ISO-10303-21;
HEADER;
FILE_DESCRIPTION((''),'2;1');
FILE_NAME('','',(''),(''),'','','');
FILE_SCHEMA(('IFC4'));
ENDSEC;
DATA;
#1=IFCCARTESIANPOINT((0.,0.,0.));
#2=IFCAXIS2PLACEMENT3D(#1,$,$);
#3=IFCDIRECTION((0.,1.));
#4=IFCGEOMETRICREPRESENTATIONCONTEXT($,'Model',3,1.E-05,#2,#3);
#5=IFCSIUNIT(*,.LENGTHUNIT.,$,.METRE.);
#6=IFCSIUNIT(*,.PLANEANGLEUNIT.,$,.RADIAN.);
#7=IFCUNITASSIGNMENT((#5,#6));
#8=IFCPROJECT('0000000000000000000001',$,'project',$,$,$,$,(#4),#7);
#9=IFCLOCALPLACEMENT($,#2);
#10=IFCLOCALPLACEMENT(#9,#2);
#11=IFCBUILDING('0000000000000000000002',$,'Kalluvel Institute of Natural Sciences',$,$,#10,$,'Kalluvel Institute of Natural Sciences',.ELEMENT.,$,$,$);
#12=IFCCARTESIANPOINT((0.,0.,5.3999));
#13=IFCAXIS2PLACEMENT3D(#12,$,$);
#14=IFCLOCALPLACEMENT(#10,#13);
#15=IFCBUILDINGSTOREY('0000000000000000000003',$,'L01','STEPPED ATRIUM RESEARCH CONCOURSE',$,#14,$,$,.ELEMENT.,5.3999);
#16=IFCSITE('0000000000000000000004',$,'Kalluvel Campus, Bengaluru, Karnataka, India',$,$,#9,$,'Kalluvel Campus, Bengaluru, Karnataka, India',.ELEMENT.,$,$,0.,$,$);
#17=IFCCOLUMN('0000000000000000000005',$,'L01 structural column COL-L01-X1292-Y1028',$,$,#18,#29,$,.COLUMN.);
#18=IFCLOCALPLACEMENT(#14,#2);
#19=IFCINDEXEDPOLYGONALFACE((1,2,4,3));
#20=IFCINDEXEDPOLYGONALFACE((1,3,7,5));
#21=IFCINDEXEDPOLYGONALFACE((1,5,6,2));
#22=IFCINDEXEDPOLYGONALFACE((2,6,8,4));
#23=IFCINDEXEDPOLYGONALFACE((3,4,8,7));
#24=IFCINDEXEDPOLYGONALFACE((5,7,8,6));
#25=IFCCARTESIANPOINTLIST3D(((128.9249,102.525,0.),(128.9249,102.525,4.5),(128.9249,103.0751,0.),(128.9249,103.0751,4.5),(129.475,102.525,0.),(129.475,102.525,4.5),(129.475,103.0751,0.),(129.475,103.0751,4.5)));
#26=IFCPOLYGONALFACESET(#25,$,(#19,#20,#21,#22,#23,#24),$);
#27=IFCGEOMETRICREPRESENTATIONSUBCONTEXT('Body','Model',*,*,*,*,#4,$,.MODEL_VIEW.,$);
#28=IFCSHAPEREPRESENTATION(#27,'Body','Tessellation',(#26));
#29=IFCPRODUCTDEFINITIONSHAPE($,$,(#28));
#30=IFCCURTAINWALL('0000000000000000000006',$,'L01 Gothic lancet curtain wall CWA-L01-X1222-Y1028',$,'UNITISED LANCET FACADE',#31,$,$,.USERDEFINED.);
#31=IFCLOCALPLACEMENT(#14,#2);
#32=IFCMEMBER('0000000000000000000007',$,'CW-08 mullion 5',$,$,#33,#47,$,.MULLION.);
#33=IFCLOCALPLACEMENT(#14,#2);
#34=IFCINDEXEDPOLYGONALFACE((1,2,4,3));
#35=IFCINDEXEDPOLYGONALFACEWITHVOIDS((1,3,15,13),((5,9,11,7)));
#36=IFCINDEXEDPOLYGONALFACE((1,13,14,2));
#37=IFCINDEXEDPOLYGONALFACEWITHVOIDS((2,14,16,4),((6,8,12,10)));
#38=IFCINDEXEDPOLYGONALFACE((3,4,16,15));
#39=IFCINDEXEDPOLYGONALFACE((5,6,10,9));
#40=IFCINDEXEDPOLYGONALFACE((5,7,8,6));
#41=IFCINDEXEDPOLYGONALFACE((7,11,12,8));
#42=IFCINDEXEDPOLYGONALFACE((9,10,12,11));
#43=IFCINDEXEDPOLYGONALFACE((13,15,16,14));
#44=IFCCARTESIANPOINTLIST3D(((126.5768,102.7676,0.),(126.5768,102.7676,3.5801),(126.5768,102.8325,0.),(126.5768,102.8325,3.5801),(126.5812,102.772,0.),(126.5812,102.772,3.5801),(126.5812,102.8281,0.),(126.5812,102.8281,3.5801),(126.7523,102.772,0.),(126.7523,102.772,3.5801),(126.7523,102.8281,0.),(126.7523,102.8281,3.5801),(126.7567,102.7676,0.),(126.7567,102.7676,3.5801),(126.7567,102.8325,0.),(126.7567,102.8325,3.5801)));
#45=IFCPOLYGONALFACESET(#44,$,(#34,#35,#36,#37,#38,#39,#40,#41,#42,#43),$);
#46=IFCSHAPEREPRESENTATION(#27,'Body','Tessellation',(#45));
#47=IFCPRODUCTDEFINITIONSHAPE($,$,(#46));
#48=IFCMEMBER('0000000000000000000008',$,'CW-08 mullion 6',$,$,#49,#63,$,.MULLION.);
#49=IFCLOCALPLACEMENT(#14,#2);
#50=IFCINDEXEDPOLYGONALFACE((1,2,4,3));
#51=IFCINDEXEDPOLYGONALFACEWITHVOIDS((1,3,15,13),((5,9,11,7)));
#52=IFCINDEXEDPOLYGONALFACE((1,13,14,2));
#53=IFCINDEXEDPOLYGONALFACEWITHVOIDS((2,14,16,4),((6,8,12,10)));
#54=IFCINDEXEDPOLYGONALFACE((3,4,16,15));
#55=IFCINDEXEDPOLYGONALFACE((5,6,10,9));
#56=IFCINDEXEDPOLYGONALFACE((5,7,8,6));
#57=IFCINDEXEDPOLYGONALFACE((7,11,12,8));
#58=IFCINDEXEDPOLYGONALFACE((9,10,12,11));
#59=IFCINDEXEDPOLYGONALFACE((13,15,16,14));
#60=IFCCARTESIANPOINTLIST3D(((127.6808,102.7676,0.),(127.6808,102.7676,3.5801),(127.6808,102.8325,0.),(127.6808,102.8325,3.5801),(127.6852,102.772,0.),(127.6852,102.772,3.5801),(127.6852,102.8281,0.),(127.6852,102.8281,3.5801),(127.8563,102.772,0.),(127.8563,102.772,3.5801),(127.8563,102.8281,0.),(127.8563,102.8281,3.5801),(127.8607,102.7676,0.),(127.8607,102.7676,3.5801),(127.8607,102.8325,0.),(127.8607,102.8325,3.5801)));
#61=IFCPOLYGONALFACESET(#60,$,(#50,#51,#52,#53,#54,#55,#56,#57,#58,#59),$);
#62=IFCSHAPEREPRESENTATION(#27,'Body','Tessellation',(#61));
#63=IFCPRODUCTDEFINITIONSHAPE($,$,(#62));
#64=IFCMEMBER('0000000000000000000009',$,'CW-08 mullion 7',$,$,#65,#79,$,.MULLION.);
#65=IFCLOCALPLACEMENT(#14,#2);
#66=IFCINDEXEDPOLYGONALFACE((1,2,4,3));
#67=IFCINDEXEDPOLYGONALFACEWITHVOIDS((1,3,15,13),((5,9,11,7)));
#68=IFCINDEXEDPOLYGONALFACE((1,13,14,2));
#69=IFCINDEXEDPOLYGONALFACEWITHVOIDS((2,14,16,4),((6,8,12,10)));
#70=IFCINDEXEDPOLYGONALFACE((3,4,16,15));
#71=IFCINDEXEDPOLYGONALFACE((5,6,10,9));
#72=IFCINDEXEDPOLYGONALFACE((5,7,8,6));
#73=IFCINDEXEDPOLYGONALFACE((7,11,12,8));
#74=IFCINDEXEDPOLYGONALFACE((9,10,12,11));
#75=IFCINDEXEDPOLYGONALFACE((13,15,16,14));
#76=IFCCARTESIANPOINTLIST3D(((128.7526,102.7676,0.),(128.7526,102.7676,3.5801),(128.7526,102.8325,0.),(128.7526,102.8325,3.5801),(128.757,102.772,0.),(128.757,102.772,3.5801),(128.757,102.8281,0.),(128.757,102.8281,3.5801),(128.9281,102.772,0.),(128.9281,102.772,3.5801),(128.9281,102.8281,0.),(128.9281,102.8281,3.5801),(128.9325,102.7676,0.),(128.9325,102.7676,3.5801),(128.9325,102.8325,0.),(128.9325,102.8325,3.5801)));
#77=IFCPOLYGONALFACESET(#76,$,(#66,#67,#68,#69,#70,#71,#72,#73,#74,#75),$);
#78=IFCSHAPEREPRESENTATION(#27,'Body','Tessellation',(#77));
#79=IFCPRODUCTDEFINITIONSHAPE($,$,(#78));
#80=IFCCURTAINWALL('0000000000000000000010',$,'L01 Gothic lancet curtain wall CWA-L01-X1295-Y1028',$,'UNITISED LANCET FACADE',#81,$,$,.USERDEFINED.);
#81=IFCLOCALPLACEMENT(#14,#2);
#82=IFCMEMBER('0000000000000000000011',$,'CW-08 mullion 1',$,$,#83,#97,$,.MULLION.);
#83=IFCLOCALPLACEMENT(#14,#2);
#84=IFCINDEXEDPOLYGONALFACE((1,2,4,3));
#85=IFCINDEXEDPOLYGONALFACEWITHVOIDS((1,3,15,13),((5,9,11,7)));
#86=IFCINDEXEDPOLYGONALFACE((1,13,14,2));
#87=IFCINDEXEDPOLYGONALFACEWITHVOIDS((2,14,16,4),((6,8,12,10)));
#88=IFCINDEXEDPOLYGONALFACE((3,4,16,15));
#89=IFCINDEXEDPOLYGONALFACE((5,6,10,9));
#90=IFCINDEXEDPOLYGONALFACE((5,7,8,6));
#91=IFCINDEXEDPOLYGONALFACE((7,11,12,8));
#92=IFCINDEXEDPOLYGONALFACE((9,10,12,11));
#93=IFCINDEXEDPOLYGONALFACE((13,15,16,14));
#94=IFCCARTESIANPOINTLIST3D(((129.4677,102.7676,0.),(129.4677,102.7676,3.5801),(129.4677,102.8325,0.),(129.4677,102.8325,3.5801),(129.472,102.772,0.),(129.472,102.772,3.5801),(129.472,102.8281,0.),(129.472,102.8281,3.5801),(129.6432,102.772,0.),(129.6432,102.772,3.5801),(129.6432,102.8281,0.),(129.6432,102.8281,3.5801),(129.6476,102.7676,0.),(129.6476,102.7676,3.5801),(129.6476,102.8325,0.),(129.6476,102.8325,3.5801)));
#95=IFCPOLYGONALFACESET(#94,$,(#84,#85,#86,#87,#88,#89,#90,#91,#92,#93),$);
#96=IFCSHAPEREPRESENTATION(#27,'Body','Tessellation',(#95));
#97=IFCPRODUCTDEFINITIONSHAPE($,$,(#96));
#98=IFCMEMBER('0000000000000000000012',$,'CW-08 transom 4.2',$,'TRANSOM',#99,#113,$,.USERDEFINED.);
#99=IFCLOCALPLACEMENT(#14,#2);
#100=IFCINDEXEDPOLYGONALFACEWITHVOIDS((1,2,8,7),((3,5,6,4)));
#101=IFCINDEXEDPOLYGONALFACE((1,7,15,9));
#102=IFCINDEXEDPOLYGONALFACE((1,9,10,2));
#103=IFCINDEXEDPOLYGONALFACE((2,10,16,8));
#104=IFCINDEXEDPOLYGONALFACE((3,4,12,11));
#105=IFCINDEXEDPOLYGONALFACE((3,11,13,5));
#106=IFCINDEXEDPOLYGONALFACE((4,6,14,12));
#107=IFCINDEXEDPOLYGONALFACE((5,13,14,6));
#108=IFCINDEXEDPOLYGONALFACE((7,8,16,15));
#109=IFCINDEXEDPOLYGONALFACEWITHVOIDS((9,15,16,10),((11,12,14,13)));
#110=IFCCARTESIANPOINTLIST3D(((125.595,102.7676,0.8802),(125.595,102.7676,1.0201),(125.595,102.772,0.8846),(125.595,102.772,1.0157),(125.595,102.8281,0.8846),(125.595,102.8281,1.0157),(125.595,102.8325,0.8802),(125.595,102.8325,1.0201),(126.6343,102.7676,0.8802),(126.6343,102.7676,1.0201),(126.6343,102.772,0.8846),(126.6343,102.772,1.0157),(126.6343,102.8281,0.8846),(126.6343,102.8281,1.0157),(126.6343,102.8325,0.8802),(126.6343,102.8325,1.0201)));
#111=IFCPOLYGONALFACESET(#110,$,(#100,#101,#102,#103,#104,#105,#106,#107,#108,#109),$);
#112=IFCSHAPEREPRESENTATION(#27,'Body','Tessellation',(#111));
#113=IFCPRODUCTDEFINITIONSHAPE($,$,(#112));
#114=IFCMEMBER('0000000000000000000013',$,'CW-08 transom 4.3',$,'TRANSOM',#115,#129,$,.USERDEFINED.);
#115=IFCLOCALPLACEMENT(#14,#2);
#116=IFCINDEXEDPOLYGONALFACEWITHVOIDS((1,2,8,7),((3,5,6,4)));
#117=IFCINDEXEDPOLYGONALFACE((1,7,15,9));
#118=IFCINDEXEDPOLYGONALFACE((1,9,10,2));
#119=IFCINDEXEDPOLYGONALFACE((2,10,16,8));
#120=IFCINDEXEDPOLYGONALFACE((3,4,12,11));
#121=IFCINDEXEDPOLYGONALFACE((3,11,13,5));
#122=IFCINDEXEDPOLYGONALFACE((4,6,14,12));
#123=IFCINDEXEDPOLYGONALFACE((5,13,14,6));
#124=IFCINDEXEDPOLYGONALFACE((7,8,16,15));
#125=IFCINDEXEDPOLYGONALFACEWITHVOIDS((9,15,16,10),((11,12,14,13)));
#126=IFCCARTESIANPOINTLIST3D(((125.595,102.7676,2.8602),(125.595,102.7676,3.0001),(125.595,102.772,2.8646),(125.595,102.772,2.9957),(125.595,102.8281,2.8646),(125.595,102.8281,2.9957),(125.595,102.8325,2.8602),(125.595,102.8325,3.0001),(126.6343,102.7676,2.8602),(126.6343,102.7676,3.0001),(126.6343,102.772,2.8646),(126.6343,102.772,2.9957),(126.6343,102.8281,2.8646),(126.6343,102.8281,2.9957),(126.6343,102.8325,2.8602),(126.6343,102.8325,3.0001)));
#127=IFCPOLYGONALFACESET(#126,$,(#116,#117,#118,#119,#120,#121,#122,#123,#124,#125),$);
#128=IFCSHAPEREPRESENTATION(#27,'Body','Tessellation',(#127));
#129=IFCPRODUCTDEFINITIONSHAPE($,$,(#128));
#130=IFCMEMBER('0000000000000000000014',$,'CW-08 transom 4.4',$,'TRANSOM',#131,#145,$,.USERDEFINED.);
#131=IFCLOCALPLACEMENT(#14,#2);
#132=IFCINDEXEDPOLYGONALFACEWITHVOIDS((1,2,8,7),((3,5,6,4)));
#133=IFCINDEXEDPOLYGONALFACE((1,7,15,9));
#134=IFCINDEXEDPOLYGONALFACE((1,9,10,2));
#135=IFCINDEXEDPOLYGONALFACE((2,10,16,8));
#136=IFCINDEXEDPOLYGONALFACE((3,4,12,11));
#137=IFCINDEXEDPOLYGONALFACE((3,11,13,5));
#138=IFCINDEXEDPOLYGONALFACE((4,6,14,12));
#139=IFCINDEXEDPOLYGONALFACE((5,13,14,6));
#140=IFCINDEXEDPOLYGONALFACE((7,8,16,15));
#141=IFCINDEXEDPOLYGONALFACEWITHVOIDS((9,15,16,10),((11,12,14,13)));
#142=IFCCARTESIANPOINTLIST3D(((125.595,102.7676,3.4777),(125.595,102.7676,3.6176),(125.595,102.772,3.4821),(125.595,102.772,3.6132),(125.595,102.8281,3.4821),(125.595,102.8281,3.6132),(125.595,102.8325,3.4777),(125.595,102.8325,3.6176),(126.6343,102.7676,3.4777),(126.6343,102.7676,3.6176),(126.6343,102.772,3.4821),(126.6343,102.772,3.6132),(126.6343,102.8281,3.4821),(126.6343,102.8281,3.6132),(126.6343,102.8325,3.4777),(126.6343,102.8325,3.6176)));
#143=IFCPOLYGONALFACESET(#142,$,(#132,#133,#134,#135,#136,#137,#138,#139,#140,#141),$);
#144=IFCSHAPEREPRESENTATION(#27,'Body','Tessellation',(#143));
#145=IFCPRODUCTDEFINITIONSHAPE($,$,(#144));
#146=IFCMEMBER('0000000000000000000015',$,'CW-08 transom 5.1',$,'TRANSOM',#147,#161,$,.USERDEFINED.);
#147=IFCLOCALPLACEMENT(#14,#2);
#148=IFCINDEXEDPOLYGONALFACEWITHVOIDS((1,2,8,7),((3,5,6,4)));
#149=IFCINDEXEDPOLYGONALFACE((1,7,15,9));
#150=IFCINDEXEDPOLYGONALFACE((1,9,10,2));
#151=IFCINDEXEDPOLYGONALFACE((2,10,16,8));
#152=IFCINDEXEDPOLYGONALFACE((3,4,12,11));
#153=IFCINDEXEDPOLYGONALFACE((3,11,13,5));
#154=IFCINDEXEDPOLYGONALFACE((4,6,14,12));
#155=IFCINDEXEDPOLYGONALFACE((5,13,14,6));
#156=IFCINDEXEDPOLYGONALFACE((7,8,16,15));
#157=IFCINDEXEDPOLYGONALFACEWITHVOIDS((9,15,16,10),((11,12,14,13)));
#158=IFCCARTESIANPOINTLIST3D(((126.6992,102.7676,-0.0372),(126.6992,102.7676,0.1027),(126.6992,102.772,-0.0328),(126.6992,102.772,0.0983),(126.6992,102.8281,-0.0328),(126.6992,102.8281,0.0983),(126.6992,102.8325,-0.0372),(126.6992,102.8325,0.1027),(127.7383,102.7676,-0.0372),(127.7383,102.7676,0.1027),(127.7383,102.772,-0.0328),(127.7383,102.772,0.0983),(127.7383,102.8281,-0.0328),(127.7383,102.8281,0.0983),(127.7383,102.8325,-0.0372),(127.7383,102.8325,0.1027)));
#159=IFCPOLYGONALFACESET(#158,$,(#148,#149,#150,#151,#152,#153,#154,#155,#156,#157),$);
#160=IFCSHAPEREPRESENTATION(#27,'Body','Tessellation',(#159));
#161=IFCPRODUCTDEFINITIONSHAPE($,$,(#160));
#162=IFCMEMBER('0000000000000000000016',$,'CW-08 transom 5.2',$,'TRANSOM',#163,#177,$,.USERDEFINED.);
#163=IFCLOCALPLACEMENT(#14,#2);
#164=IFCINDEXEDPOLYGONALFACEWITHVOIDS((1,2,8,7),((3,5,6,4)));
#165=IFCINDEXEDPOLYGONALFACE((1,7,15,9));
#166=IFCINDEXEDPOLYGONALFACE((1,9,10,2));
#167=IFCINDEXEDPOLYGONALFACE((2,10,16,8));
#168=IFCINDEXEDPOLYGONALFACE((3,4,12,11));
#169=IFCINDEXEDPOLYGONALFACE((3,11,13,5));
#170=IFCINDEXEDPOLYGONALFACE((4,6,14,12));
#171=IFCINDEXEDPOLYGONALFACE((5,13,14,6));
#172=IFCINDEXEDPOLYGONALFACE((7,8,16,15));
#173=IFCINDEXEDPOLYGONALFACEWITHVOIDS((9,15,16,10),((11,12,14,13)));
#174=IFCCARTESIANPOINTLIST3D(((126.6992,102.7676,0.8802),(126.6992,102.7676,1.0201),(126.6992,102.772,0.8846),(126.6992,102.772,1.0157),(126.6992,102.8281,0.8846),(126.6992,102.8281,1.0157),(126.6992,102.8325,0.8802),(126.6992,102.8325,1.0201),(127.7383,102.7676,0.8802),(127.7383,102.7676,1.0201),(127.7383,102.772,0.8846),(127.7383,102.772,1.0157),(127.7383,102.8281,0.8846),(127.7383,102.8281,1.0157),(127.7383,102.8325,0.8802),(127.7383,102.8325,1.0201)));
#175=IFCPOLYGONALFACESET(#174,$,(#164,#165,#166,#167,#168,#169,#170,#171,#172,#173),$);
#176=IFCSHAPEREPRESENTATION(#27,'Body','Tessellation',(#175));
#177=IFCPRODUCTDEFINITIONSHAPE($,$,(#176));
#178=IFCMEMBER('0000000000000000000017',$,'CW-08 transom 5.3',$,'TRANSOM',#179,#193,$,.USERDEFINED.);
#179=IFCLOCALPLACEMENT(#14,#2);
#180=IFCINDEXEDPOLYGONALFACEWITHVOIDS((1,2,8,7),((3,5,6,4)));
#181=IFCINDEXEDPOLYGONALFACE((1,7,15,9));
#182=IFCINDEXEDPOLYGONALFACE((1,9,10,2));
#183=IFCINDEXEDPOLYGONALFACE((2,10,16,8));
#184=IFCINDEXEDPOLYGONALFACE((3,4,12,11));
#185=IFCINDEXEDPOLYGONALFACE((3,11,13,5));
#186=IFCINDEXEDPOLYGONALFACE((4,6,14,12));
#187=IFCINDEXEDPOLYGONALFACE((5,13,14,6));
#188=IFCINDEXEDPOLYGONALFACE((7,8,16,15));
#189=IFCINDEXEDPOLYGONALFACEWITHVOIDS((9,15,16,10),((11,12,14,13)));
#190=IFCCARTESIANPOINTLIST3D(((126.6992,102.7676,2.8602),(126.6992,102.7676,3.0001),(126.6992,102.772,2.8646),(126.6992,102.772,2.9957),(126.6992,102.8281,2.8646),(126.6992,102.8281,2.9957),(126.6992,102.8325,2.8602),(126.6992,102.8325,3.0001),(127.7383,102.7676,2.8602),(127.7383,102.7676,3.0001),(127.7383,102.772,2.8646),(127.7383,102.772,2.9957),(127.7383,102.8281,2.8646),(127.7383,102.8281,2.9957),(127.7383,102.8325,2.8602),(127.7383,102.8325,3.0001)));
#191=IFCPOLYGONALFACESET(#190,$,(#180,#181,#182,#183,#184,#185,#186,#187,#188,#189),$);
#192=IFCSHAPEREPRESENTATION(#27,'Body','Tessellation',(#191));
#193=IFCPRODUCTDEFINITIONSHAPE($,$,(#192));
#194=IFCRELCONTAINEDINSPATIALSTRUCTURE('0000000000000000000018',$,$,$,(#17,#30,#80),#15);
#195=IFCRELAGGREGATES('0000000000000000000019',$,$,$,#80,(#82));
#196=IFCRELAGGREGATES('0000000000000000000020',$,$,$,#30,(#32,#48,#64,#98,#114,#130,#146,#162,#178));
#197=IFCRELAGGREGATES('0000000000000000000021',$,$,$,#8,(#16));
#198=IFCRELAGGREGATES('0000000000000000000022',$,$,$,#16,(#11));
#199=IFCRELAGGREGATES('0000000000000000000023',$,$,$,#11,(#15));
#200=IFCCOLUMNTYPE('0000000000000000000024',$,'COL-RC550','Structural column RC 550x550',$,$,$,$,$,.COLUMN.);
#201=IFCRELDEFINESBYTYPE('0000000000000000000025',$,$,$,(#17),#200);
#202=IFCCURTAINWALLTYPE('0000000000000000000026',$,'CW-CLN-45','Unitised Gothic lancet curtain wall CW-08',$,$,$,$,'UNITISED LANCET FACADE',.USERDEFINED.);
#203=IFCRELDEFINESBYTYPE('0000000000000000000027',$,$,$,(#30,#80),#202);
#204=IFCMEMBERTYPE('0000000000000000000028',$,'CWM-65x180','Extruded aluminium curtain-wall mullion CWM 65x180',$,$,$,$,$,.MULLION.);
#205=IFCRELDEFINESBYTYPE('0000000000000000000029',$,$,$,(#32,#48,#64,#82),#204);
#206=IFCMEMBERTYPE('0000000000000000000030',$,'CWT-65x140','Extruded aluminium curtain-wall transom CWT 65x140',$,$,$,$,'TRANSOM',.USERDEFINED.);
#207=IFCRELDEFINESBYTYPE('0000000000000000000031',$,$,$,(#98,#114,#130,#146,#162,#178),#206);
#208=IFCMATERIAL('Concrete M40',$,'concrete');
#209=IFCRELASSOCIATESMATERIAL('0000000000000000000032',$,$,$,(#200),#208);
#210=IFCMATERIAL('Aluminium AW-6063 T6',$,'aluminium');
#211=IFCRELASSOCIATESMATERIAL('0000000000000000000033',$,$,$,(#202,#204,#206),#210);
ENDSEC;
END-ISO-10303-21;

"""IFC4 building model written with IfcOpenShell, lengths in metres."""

from ifc_helpers import new_model, si_unit, direction, frame, origin, origin_2d, place, context, subcontext, project, spatial, rectangle, hollow_rectangle, extrude, material, material_profile, profile_set, type_object, element, aggregate, save


model = new_model("IFC4")

# Units and contexts
model_context = context("Model", 3, precision=1e-05, world=origin(), true_north=direction((0.0, 1.0)))
body_context = subcontext(model_context, "Body", "Model", "MODEL_VIEW")
ifc_project = project(units=[si_unit("LENGTHUNIT", "METRE"), si_unit("PLANEANGLEUNIT", "RADIAN")], contexts=[model_context])

# Site, building, storey
site_placement = place(None, origin())
site = spatial("IfcSite", under=ifc_project, at=site_placement, Name="Kalluvel Campus, Bengaluru, Karnataka, India", LongName="Kalluvel Campus, Bengaluru, Karnataka, India", CompositionType="ELEMENT", RefElevation=0.0)
building_placement = place(site_placement, origin())
building = spatial("IfcBuilding", under=site, at=building_placement, Name="Kalluvel Institute of Natural Sciences", LongName="Kalluvel Institute of Natural Sciences", CompositionType="ELEMENT")
storey_placement = place(building_placement, frame((0.0, 0.0, 5.3999)))
storey = spatial("IfcBuildingStorey", under=building, at=storey_placement, Name="L01", Description="STEPPED ATRIUM RESEARCH CONCOURSE", CompositionType="ELEMENT", Elevation=5.3999)

# Column
ifc_material_1 = material(Name="Concrete M40", Category="concrete")
ifc_material_profile_1 = material_profile(ifc_material_1, rectangle(XDim=0.55, YDim=0.55, at=origin_2d()), Name="RC 550x550")
ifc_profile_set_1 = profile_set([ifc_material_profile_1], Name="Concrete M40")
column_type = type_object("IfcColumnType", Name="COL-RC550", Description="Structural column RC 550x550", PredefinedType="COLUMN", material=ifc_profile_set_1)
column_placement = place(storey_placement, frame((129.2, 102.8, 0.0), z_axis=(0.0, 0.0, 1.0), x_axis=(1.0, 0.0, 0.0)))
element("IfcColumn", 1, at=column_placement, inside=storey, type_object=column_type, Name="L01 structural column COL-L01-X1292-Y1028", PredefinedType="COLUMN", context=body_context, shape_type="SweptSolid", body=[
    extrude(rectangle(XDim=0.55, YDim=0.55, at=origin_2d()), origin(), (0.0, 0.0, 1.0), 4.5),
])

# Curtain wall, members
ifc_material_2 = material(Name="Aluminium AW-6063 T6", Category="aluminium")
curtain_wall_type = type_object("IfcCurtainWallType", Name="CW-CLN-45", Description="Unitised Gothic lancet curtain wall CW-08", ElementType="UNITISED LANCET FACADE", PredefinedType="USERDEFINED", material=ifc_material_2)
curtain_wall_1_placement = place(storey_placement, origin())
curtain_wall_1 = element("IfcCurtainWall", 2, at=curtain_wall_1_placement, inside=storey, type_object=curtain_wall_type, Name="L01 Gothic lancet curtain wall CWA-L01-X1222-Y1028", ObjectType="UNITISED LANCET FACADE", PredefinedType="USERDEFINED")
ifc_material_profile_2 = material_profile(ifc_material_2, hollow_rectangle(XDim=0.0649, YDim=0.1799, WallThickness=0.0044, at=origin_2d()), Name="CWM 65x180")
ifc_profile_set_2 = profile_set([ifc_material_profile_2], Name="Aluminium AW-6063 T6")
member_type_1 = type_object("IfcMemberType", Name="CWM-65x180", Description="Extruded aluminium curtain-wall mullion CWM 65x180", PredefinedType="MULLION", material=ifc_profile_set_2)
member_1_placement = place(storey_placement, frame((126.6667, 102.8, 0.0), z_axis=(0.0, 0.0, 1.0), x_axis=(0.0, 1.0, 0.0)))
member_1 = element("IfcMember", 3, at=member_1_placement, type_object=member_type_1, Name="CW-08 mullion 5", PredefinedType="MULLION", context=body_context, shape_type="SweptSolid", body=[
    extrude(hollow_rectangle(XDim=0.0649, YDim=0.1799, WallThickness=0.0044, at=origin_2d()), origin(), (0.0, 0.0, 1.0), 3.5801),
])
member_2_placement = place(storey_placement, frame((127.7708, 102.8, 0.0), z_axis=(0.0, 0.0, 1.0), x_axis=(0.0, 1.0, 0.0)))
member_2 = element("IfcMember", 4, at=member_2_placement, type_object=member_type_1, Name="CW-08 mullion 6", PredefinedType="MULLION", context=body_context, shape_type="SweptSolid", body=[
    extrude(hollow_rectangle(XDim=0.0649, YDim=0.1799, WallThickness=0.0044, at=origin_2d()), origin(), (0.0, 0.0, 1.0), 3.5801),
])
member_3_placement = place(storey_placement, frame((128.8425, 102.8, 0.0), z_axis=(0.0, 0.0, 1.0), x_axis=(0.0, 1.0, 0.0)))
member_3 = element("IfcMember", 5, at=member_3_placement, type_object=member_type_1, Name="CW-08 mullion 7", PredefinedType="MULLION", context=body_context, shape_type="SweptSolid", body=[
    extrude(hollow_rectangle(XDim=0.0649, YDim=0.1799, WallThickness=0.0044, at=origin_2d()), origin(), (0.0, 0.0, 1.0), 3.5801),
])

# Curtain wall, member
curtain_wall_2_placement = place(storey_placement, origin())
curtain_wall_2 = element("IfcCurtainWall", 6, at=curtain_wall_2_placement, inside=storey, type_object=curtain_wall_type, Name="L01 Gothic lancet curtain wall CWA-L01-X1295-Y1028", ObjectType="UNITISED LANCET FACADE", PredefinedType="USERDEFINED")
member_4_placement = place(storey_placement, frame((129.5576, 102.8, 0.0), z_axis=(0.0, 0.0, 1.0), x_axis=(0.0, 1.0, 0.0)))
member_4 = element("IfcMember", 7, at=member_4_placement, type_object=member_type_1, Name="CW-08 mullion 1", PredefinedType="MULLION", context=body_context, shape_type="SweptSolid", body=[
    extrude(hollow_rectangle(XDim=0.0649, YDim=0.1799, WallThickness=0.0044, at=origin_2d()), origin(), (0.0, 0.0, 1.0), 3.5801),
])
aggregate(curtain_wall_2, [member_4])

# Members
ifc_material_profile_3 = material_profile(ifc_material_2, hollow_rectangle(XDim=0.0649, YDim=0.1399, WallThickness=0.0044, at=origin_2d()), Name="CWT 65x140")
ifc_profile_set_3 = profile_set([ifc_material_profile_3], Name="Aluminium AW-6063 T6")
member_type_2 = type_object("IfcMemberType", Name="CWT-65x140", Description="Extruded aluminium curtain-wall transom CWT 65x140", ElementType="TRANSOM", PredefinedType="USERDEFINED", material=ifc_profile_set_3)
member_5_placement = place(storey_placement, frame((125.595, 102.8, 0.9502), z_axis=(1.0, 0.0, 0.0), x_axis=(0.0, 1.0, 0.0)))
member_5 = element("IfcMember", 8, at=member_5_placement, type_object=member_type_2, Name="CW-08 transom 4.2", ObjectType="TRANSOM", PredefinedType="USERDEFINED", context=body_context, shape_type="SweptSolid", body=[
    extrude(hollow_rectangle(XDim=0.0649, YDim=0.1399, WallThickness=0.0044, at=origin_2d()), origin(), (0.0, 0.0, 1.0), 1.0393),
])
member_6_placement = place(storey_placement, frame((125.595, 102.8, 2.9302), z_axis=(1.0, 0.0, 0.0), x_axis=(0.0, 1.0, 0.0)))
member_6 = element("IfcMember", 9, at=member_6_placement, type_object=member_type_2, Name="CW-08 transom 4.3", ObjectType="TRANSOM", PredefinedType="USERDEFINED", context=body_context, shape_type="SweptSolid", body=[
    extrude(hollow_rectangle(XDim=0.0649, YDim=0.1399, WallThickness=0.0044, at=origin_2d()), origin(), (0.0, 0.0, 1.0), 1.0393),
])
member_7_placement = place(storey_placement, frame((125.595, 102.8, 3.5476), z_axis=(1.0, 0.0, 0.0), x_axis=(0.0, 1.0, 0.0)))
member_7 = element("IfcMember", 10, at=member_7_placement, type_object=member_type_2, Name="CW-08 transom 4.4", ObjectType="TRANSOM", PredefinedType="USERDEFINED", context=body_context, shape_type="SweptSolid", body=[
    extrude(hollow_rectangle(XDim=0.0649, YDim=0.1399, WallThickness=0.0044, at=origin_2d()), origin(), (0.0, 0.0, 1.0), 1.0393),
])
member_8_placement = place(storey_placement, frame((126.6992, 102.8, 0.0327), z_axis=(1.0, 0.0, 0.0), x_axis=(0.0, 1.0, 0.0)))
member_8 = element("IfcMember", 11, at=member_8_placement, type_object=member_type_2, Name="CW-08 transom 5.1", ObjectType="TRANSOM", PredefinedType="USERDEFINED", context=body_context, shape_type="SweptSolid", body=[
    extrude(hollow_rectangle(XDim=0.0649, YDim=0.1399, WallThickness=0.0044, at=origin_2d()), origin(), (0.0, 0.0, 1.0), 1.0391),
])
member_9_placement = place(storey_placement, frame((126.6992, 102.8, 0.9502), z_axis=(1.0, 0.0, 0.0), x_axis=(0.0, 1.0, 0.0)))
member_9 = element("IfcMember", 12, at=member_9_placement, type_object=member_type_2, Name="CW-08 transom 5.2", ObjectType="TRANSOM", PredefinedType="USERDEFINED", context=body_context, shape_type="SweptSolid", body=[
    extrude(hollow_rectangle(XDim=0.0649, YDim=0.1399, WallThickness=0.0044, at=origin_2d()), origin(), (0.0, 0.0, 1.0), 1.0391),
])
member_10_placement = place(storey_placement, frame((126.6992, 102.8, 2.9302), z_axis=(1.0, 0.0, 0.0), x_axis=(0.0, 1.0, 0.0)))
member_10 = element("IfcMember", 13, at=member_10_placement, type_object=member_type_2, Name="CW-08 transom 5.3", ObjectType="TRANSOM", PredefinedType="USERDEFINED", context=body_context, shape_type="SweptSolid", body=[
    extrude(hollow_rectangle(XDim=0.0649, YDim=0.1399, WallThickness=0.0044, at=origin_2d()), origin(), (0.0, 0.0, 1.0), 1.0391),
])

aggregate(curtain_wall_1, [member_1, member_2, member_3, member_5, member_6, member_7, member_8, member_9, member_10])

save(model, "model.ifc")
